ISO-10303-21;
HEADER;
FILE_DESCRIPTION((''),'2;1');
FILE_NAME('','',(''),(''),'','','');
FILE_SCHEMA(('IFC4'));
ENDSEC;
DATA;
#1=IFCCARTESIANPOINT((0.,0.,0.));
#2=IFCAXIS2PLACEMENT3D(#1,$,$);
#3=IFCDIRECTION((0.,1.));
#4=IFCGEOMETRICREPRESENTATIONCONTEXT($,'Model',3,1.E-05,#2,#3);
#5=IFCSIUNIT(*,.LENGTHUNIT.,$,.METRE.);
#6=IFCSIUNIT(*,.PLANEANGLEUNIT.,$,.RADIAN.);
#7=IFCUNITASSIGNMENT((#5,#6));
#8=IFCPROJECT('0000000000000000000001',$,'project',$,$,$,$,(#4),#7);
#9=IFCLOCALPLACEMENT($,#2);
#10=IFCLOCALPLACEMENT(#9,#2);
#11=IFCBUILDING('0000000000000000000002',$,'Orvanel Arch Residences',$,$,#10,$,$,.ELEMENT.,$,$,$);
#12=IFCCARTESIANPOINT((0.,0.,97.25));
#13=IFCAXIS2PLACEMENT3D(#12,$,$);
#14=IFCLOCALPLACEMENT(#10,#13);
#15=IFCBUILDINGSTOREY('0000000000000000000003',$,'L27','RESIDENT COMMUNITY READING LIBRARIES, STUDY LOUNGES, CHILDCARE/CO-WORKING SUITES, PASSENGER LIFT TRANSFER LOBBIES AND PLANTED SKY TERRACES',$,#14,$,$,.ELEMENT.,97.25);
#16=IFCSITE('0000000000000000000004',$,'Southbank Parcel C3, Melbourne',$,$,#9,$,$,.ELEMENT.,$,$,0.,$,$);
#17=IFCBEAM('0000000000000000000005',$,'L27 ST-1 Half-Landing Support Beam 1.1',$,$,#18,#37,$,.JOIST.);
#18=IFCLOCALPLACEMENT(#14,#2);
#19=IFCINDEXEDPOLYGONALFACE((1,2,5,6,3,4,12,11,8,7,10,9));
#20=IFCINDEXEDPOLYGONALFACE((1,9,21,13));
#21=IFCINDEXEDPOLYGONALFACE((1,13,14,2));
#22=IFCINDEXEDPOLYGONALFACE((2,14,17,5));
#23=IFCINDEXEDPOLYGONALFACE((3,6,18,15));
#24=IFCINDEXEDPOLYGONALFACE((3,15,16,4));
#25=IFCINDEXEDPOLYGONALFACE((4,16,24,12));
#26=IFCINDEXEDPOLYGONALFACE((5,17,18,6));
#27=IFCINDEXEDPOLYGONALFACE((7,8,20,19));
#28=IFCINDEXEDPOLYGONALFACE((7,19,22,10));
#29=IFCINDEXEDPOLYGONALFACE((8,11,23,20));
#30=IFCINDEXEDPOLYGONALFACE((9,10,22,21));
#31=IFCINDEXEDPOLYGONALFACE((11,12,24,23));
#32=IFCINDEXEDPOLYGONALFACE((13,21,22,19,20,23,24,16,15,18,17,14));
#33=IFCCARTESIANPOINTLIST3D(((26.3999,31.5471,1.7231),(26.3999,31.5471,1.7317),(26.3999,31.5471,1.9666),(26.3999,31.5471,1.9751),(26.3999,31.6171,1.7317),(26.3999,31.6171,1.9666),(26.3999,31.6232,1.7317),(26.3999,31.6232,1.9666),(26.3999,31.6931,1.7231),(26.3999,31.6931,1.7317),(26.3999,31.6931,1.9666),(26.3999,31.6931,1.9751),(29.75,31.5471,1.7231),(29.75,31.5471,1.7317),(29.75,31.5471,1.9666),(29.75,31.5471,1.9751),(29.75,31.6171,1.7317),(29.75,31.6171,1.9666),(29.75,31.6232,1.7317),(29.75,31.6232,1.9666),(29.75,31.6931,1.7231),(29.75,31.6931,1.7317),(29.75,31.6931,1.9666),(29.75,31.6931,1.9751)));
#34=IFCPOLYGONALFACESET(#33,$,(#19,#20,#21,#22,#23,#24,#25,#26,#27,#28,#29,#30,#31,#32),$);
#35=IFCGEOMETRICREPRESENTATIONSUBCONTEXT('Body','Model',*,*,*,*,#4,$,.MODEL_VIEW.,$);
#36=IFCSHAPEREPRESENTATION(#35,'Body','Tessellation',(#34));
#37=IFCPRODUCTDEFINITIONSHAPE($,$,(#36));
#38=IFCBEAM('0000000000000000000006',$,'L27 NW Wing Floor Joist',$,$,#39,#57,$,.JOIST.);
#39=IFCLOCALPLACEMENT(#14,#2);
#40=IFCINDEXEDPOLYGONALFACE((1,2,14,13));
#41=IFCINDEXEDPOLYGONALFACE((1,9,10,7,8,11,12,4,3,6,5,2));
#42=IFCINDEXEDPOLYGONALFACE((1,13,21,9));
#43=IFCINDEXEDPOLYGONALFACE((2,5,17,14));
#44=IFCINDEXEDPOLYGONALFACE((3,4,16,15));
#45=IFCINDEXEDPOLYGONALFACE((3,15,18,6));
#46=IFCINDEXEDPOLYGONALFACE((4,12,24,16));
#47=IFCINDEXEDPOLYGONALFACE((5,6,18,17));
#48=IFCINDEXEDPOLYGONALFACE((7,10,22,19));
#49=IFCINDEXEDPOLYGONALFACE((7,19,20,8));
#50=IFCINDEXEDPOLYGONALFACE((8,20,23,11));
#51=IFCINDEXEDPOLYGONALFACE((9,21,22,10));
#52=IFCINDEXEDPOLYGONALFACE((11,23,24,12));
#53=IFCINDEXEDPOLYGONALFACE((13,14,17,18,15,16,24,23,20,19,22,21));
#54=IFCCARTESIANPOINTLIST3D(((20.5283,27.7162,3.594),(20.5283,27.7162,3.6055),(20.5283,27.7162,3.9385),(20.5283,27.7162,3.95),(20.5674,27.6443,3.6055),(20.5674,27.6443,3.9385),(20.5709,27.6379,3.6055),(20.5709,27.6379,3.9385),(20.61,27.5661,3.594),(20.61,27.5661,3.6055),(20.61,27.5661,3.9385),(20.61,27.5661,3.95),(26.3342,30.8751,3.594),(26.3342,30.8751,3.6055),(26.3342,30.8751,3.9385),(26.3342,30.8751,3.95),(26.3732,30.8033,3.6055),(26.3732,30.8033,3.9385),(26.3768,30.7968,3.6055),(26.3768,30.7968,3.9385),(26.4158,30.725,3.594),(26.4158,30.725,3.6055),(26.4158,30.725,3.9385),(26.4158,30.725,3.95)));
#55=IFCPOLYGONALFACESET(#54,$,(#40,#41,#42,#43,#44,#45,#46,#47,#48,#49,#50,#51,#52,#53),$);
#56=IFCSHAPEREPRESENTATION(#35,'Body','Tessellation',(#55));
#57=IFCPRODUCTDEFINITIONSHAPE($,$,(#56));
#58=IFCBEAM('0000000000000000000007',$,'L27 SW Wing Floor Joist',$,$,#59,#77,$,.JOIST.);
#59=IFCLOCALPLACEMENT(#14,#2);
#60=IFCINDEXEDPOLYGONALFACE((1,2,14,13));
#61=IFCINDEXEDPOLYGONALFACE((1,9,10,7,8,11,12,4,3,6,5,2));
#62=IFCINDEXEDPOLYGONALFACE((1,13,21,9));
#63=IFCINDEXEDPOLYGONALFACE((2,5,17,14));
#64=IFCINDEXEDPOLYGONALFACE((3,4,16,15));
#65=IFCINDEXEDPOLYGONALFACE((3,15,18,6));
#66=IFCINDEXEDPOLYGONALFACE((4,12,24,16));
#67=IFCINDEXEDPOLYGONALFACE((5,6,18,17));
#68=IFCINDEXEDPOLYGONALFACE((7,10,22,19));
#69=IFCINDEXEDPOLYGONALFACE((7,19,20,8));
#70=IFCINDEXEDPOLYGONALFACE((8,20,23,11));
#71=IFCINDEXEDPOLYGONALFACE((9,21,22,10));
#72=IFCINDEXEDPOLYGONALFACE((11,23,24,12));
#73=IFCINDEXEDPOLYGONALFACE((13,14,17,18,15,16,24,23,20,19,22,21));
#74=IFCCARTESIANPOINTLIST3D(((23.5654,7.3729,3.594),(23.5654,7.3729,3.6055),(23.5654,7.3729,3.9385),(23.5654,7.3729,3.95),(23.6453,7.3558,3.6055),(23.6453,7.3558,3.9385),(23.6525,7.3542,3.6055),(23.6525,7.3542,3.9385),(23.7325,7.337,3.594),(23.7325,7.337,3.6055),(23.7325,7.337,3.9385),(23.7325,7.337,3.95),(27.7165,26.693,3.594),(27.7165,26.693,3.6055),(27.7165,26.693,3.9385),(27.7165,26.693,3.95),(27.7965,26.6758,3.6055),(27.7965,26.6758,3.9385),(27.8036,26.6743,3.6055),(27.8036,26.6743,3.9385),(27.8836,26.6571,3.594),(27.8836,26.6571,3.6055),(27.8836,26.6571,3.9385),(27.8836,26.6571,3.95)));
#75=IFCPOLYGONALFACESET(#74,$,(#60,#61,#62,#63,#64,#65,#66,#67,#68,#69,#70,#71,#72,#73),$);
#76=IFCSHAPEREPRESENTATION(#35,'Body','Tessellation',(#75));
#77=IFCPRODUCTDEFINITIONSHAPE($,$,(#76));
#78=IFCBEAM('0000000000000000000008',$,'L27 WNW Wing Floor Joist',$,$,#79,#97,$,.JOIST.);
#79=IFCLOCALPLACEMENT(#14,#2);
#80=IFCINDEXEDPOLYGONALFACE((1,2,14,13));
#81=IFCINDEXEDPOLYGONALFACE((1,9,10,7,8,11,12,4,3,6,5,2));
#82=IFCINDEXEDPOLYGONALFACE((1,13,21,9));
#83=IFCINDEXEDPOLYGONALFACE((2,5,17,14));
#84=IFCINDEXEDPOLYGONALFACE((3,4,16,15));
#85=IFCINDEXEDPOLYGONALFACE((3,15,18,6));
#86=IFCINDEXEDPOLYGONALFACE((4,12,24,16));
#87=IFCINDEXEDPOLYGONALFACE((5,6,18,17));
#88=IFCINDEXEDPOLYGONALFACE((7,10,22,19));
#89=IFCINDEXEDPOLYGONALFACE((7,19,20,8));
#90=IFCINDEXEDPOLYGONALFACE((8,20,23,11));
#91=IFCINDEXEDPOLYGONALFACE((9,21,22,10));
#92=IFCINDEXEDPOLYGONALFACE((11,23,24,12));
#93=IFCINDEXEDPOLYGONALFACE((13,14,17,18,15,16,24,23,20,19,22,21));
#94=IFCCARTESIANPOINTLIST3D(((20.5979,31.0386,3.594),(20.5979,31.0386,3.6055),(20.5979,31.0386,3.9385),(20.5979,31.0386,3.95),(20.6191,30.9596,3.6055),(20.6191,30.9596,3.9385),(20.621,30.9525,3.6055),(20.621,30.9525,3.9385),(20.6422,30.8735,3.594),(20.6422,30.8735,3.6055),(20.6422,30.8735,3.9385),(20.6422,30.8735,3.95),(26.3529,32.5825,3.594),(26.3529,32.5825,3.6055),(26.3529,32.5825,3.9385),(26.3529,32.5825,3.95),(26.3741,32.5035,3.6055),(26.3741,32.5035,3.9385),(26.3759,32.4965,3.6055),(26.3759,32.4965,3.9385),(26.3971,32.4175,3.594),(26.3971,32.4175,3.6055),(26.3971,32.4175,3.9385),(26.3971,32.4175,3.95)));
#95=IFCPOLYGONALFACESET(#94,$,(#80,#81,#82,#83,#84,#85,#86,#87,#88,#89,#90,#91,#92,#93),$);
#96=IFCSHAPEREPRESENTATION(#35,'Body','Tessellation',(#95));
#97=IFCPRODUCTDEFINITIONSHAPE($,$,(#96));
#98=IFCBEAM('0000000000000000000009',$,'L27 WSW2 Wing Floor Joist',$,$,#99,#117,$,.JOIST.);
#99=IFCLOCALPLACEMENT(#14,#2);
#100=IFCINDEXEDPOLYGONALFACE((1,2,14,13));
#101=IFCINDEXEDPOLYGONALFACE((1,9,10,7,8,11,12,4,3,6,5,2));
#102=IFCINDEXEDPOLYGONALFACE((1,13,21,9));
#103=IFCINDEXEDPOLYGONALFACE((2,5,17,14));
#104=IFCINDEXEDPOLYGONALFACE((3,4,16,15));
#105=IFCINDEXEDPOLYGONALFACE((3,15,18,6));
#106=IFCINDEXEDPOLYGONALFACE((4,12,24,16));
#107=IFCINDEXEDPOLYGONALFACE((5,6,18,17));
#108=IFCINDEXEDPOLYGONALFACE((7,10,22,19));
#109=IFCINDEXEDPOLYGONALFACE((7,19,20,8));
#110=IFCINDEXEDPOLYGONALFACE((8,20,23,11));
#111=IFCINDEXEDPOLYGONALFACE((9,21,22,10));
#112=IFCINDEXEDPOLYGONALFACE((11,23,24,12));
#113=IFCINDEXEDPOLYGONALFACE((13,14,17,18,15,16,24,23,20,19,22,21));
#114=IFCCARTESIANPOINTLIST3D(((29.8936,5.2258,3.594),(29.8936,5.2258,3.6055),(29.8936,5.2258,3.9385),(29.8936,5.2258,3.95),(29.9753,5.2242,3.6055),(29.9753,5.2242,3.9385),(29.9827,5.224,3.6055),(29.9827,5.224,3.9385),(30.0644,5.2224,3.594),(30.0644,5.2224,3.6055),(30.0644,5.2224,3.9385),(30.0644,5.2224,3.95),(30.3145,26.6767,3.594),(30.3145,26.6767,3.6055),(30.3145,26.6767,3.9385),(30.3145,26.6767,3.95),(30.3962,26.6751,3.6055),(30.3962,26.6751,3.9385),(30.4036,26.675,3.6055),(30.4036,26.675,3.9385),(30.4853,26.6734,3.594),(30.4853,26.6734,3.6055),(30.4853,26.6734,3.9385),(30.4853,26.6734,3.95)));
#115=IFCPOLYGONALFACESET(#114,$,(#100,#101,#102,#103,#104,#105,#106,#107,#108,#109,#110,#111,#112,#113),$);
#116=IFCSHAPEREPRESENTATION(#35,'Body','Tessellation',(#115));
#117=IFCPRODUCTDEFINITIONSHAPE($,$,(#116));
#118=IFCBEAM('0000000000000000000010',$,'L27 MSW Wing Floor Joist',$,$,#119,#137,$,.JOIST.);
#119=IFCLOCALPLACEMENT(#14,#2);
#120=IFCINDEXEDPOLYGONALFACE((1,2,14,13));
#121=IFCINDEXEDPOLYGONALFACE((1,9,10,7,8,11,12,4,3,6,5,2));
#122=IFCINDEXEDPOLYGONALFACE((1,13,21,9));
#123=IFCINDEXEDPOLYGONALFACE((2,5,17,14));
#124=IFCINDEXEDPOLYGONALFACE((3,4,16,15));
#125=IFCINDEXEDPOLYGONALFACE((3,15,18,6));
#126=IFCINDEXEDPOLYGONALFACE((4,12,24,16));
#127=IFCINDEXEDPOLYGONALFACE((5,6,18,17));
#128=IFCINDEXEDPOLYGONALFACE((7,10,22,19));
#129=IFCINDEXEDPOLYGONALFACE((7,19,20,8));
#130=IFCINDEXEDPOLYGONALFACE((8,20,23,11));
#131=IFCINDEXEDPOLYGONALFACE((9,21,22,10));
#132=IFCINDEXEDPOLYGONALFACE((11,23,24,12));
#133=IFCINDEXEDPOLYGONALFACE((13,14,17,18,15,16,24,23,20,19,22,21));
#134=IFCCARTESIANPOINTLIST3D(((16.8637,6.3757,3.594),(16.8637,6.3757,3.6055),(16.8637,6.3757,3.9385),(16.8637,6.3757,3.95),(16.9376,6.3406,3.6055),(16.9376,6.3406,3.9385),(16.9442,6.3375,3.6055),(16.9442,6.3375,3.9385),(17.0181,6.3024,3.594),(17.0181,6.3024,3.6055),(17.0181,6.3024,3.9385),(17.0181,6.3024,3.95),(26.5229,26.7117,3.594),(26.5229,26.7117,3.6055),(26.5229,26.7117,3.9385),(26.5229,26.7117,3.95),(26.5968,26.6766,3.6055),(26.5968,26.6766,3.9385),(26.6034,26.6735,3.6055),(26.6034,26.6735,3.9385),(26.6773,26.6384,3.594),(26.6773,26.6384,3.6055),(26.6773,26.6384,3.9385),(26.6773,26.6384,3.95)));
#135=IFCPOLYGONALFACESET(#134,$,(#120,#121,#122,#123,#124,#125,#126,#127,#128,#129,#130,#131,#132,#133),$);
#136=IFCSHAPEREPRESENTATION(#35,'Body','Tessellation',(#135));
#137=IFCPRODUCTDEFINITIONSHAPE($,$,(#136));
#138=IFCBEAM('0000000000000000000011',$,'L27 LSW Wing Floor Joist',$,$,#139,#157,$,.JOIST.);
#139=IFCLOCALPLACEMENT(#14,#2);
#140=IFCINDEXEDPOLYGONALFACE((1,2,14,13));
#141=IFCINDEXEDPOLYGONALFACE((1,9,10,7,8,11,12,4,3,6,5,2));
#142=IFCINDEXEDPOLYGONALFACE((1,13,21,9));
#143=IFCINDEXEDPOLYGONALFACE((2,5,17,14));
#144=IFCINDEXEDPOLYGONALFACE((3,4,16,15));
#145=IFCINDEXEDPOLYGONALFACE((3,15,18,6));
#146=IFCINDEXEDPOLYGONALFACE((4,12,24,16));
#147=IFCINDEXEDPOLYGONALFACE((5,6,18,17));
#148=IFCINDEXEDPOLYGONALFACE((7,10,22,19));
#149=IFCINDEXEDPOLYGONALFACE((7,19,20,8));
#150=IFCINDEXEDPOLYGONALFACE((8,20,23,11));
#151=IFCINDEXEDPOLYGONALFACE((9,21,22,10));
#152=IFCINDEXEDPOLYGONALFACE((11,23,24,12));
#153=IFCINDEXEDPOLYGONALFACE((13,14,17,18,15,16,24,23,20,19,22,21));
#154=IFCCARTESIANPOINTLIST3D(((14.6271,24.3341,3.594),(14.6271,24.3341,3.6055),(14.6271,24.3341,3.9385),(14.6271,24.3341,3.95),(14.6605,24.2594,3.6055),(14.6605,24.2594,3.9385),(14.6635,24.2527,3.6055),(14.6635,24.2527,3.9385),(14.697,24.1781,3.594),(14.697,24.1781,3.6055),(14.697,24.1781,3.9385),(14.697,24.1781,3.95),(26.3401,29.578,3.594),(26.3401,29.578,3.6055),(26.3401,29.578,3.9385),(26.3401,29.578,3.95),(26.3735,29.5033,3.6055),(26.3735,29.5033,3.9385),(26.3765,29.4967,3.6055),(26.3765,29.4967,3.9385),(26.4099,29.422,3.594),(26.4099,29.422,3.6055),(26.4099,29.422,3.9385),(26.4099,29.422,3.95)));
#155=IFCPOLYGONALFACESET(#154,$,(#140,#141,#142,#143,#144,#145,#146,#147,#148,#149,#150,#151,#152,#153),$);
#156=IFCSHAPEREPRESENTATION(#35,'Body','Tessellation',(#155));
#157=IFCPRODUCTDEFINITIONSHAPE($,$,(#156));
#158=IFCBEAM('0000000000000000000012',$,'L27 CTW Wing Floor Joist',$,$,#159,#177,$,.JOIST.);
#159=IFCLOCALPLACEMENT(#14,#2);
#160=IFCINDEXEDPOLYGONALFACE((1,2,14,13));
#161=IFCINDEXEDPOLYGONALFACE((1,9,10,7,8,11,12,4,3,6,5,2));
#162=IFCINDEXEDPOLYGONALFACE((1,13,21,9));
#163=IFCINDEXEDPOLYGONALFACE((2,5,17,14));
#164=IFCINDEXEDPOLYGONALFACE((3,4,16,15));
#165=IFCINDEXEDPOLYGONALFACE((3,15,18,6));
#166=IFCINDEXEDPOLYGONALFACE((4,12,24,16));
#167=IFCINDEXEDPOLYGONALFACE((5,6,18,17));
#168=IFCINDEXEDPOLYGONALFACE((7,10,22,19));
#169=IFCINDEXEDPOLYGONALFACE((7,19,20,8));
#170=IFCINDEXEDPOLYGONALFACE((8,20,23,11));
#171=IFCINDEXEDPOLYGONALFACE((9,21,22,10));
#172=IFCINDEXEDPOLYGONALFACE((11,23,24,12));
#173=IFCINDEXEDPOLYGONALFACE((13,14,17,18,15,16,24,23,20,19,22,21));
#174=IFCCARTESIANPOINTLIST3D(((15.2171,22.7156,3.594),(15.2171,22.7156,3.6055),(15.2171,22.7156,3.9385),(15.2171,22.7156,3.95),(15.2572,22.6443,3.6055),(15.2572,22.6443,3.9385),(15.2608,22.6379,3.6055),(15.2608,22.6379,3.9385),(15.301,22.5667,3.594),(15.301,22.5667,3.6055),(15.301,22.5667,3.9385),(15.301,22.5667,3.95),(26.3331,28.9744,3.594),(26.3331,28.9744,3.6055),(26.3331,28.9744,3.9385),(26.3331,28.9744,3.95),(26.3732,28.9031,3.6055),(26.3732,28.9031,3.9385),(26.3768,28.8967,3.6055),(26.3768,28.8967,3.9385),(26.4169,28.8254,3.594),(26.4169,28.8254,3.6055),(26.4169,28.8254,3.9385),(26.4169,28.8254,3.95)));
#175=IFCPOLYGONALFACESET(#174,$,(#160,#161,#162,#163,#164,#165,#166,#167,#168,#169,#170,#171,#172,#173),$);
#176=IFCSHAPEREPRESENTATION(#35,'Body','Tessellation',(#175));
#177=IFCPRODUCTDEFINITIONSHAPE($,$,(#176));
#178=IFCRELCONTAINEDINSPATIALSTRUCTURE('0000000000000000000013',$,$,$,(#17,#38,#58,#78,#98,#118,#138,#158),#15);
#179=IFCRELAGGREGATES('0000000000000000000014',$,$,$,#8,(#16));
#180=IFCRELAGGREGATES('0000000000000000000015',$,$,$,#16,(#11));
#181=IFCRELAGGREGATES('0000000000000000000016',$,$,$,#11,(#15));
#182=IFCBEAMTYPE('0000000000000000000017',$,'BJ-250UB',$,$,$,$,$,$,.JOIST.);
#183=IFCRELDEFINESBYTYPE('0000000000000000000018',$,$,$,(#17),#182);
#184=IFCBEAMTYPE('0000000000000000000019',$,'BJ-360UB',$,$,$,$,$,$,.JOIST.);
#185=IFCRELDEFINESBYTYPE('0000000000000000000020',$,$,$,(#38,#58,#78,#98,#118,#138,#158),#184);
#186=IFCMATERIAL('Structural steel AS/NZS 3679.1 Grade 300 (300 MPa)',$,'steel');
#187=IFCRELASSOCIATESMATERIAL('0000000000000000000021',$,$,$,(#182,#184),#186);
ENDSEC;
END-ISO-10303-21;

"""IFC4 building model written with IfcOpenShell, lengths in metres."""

from ifc_helpers import new_model, si_unit, direction, frame, origin, origin_2d, place, context, subcontext, project, spatial, i_section, extrude, material, material_profile, profile_set, type_object, element, save


model = new_model("IFC4")

# Units and contexts
model_context = context("Model", 3, precision=1e-05, world=origin(), true_north=direction((0.0, 1.0)))
body_context = subcontext(model_context, "Body", "Model", "MODEL_VIEW")
ifc_project = project(units=[si_unit("LENGTHUNIT", "METRE"), si_unit("PLANEANGLEUNIT", "RADIAN")], contexts=[model_context])

# Site, building, storey
site_placement = place(None, origin())
site = spatial("IfcSite", under=ifc_project, at=site_placement, Name="Southbank Parcel C3, Melbourne", CompositionType="ELEMENT", RefElevation=0.0)
building_placement = place(site_placement, origin())
building = spatial("IfcBuilding", under=site, at=building_placement, Name="Orvanel Arch Residences", CompositionType="ELEMENT")
storey_placement = place(building_placement, frame((0.0, 0.0, 97.25)))
storey = spatial("IfcBuildingStorey", under=building, at=storey_placement, Name="L27", Description="RESIDENT COMMUNITY READING LIBRARIES, STUDY LOUNGES, CHILDCARE/CO-WORKING SUITES, PASSENGER LIFT TRANSFER LOBBIES AND PLANTED SKY TERRACES", CompositionType="ELEMENT", Elevation=97.25)

# Beams
ifc_material_1 = material(Name="Structural steel AS/NZS 3679.1 Grade 300 (300 MPa)", Category="steel")
ifc_material_profile_1 = material_profile(ifc_material_1, i_section(OverallWidth=0.146, OverallDepth=0.252, WebThickness=0.0061, FlangeThickness=0.0085, at=origin_2d()), Name="250UB31.4")
ifc_profile_set_1 = profile_set([ifc_material_profile_1], Name="Structural steel AS/NZS 3679.1 Grade 300 (300 MPa)")
beam_type_1 = type_object("IfcBeamType", Name="BJ-250UB", PredefinedType="JOIST", material=ifc_profile_set_1)
beam_1_placement = place(storey_placement, frame((26.3999, 31.6201, 1.8491), z_axis=(1.0, 0.0, 0.0), x_axis=(0.0, 1.0, 0.0)))
element("IfcBeam", 1, at=beam_1_placement, inside=storey, type_object=beam_type_1, Name="L27 ST-1 Half-Landing Support Beam 1.1", PredefinedType="JOIST", context=body_context, shape_type="SweptSolid", body=[
    extrude(i_section(OverallWidth=0.146, OverallDepth=0.252, WebThickness=0.0061, FlangeThickness=0.0085, at=origin_2d()), origin(), (0.0, 0.0, 1.0), 3.3501),
])
ifc_material_profile_2 = material_profile(ifc_material_1, i_section(OverallWidth=0.1709, OverallDepth=0.356, WebThickness=0.0073, FlangeThickness=0.0115, at=origin_2d()), Name="360UB50.7")
ifc_profile_set_2 = profile_set([ifc_material_profile_2], Name="Structural steel AS/NZS 3679.1 Grade 300 (300 MPa)")
beam_type_2 = type_object("IfcBeamType", Name="BJ-360UB", PredefinedType="JOIST", material=ifc_profile_set_2)
beam_2_placement = place(storey_placement, frame((26.375, 30.8, 3.772), z_axis=(-0.878399, -0.477928, 0.0), x_axis=(0.477928, -0.878399, 0.0)))
element("IfcBeam", 2, at=beam_2_placement, inside=storey, type_object=beam_type_2, Name="L27 NW Wing Floor Joist", PredefinedType="JOIST", context=body_context, shape_type="SweptSolid", body=[
    extrude(i_section(OverallWidth=0.1709, OverallDepth=0.356, WebThickness=0.0073, FlangeThickness=0.0115, at=origin_2d()), origin(), (0.0, 0.0, 1.0), 6.6096),
])
beam_3_placement = place(storey_placement, frame((27.8, 26.675, 3.772), z_axis=(-0.210067, -0.977687, 0.0), x_axis=(0.977687, -0.210067, 0.0)))
element("IfcBeam", 3, at=beam_3_placement, inside=storey, type_object=beam_type_2, Name="L27 SW Wing Floor Joist", PredefinedType="JOIST", context=body_context, shape_type="SweptSolid", body=[
    extrude(i_section(OverallWidth=0.1709, OverallDepth=0.356, WebThickness=0.0073, FlangeThickness=0.0115, at=origin_2d()), origin(), (0.0, 0.0, 1.0), 19.761),
])
beam_4_placement = place(storey_placement, frame((26.375, 32.5, 3.772), z_axis=(-0.965845, -0.259121, 0.0), x_axis=(0.259121, -0.965845, 0.0)))
element("IfcBeam", 4, at=beam_4_placement, inside=storey, type_object=beam_type_2, Name="L27 WNW Wing Floor Joist", PredefinedType="JOIST", context=body_context, shape_type="SweptSolid", body=[
    extrude(i_section(OverallWidth=0.1709, OverallDepth=0.356, WebThickness=0.0073, FlangeThickness=0.0115, at=origin_2d()), origin(), (0.0, 0.0, 1.0), 5.9585),
])
beam_5_placement = place(storey_placement, frame((30.3999, 26.675, 3.772), z_axis=(-0.019618, -0.999808, 0.0), x_axis=(0.999808, -0.019618, 0.0)))
element("IfcBeam", 5, at=beam_5_placement, inside=storey, type_object=beam_type_2, Name="L27 WSW2 Wing Floor Joist", PredefinedType="JOIST", context=body_context, shape_type="SweptSolid", body=[
    extrude(i_section(OverallWidth=0.1709, OverallDepth=0.356, WebThickness=0.0073, FlangeThickness=0.0115, at=origin_2d()), origin(), (0.0, 0.0, 1.0), 21.4551),
])
beam_6_placement = place(storey_placement, frame((26.6001, 26.675, 3.772), z_axis=(-0.429043, -0.903284, 0.0), x_axis=(0.903284, -0.429043, 0.0)))
element("IfcBeam", 6, at=beam_6_placement, inside=storey, type_object=beam_type_2, Name="L27 MSW Wing Floor Joist", PredefinedType="JOIST", context=body_context, shape_type="SweptSolid", body=[
    extrude(i_section(OverallWidth=0.1709, OverallDepth=0.356, WebThickness=0.0073, FlangeThickness=0.0115, at=origin_2d()), origin(), (0.0, 0.0, 1.0), 22.5134),
])
beam_7_placement = place(storey_placement, frame((26.375, 29.5, 3.772), z_axis=(-0.912704, -0.408621, 0.0), x_axis=(0.408621, -0.912704, 0.0)))
element("IfcBeam", 7, at=beam_7_placement, inside=storey, type_object=beam_type_2, Name="L27 LSW Wing Floor Joist", PredefinedType="JOIST", context=body_context, shape_type="SweptSolid", body=[
    extrude(i_section(OverallWidth=0.1709, OverallDepth=0.356, WebThickness=0.0073, FlangeThickness=0.0115, at=origin_2d()), origin(), (0.0, 0.0, 1.0), 12.8333),
])
beam_8_placement = place(storey_placement, frame((26.375, 28.8999, 3.772), z_axis=(-0.871373, -0.490622, 0.0), x_axis=(0.490622, -0.871373, 0.0)))
element("IfcBeam", 8, at=beam_8_placement, inside=storey, type_object=beam_type_2, Name="L27 CTW Wing Floor Joist", PredefinedType="JOIST", context=body_context, shape_type="SweptSolid", body=[
    extrude(i_section(OverallWidth=0.1709, OverallDepth=0.356, WebThickness=0.0073, FlangeThickness=0.0115, at=origin_2d()), origin(), (0.0, 0.0, 1.0), 12.7568),
])

save(model, "model.ifc")
